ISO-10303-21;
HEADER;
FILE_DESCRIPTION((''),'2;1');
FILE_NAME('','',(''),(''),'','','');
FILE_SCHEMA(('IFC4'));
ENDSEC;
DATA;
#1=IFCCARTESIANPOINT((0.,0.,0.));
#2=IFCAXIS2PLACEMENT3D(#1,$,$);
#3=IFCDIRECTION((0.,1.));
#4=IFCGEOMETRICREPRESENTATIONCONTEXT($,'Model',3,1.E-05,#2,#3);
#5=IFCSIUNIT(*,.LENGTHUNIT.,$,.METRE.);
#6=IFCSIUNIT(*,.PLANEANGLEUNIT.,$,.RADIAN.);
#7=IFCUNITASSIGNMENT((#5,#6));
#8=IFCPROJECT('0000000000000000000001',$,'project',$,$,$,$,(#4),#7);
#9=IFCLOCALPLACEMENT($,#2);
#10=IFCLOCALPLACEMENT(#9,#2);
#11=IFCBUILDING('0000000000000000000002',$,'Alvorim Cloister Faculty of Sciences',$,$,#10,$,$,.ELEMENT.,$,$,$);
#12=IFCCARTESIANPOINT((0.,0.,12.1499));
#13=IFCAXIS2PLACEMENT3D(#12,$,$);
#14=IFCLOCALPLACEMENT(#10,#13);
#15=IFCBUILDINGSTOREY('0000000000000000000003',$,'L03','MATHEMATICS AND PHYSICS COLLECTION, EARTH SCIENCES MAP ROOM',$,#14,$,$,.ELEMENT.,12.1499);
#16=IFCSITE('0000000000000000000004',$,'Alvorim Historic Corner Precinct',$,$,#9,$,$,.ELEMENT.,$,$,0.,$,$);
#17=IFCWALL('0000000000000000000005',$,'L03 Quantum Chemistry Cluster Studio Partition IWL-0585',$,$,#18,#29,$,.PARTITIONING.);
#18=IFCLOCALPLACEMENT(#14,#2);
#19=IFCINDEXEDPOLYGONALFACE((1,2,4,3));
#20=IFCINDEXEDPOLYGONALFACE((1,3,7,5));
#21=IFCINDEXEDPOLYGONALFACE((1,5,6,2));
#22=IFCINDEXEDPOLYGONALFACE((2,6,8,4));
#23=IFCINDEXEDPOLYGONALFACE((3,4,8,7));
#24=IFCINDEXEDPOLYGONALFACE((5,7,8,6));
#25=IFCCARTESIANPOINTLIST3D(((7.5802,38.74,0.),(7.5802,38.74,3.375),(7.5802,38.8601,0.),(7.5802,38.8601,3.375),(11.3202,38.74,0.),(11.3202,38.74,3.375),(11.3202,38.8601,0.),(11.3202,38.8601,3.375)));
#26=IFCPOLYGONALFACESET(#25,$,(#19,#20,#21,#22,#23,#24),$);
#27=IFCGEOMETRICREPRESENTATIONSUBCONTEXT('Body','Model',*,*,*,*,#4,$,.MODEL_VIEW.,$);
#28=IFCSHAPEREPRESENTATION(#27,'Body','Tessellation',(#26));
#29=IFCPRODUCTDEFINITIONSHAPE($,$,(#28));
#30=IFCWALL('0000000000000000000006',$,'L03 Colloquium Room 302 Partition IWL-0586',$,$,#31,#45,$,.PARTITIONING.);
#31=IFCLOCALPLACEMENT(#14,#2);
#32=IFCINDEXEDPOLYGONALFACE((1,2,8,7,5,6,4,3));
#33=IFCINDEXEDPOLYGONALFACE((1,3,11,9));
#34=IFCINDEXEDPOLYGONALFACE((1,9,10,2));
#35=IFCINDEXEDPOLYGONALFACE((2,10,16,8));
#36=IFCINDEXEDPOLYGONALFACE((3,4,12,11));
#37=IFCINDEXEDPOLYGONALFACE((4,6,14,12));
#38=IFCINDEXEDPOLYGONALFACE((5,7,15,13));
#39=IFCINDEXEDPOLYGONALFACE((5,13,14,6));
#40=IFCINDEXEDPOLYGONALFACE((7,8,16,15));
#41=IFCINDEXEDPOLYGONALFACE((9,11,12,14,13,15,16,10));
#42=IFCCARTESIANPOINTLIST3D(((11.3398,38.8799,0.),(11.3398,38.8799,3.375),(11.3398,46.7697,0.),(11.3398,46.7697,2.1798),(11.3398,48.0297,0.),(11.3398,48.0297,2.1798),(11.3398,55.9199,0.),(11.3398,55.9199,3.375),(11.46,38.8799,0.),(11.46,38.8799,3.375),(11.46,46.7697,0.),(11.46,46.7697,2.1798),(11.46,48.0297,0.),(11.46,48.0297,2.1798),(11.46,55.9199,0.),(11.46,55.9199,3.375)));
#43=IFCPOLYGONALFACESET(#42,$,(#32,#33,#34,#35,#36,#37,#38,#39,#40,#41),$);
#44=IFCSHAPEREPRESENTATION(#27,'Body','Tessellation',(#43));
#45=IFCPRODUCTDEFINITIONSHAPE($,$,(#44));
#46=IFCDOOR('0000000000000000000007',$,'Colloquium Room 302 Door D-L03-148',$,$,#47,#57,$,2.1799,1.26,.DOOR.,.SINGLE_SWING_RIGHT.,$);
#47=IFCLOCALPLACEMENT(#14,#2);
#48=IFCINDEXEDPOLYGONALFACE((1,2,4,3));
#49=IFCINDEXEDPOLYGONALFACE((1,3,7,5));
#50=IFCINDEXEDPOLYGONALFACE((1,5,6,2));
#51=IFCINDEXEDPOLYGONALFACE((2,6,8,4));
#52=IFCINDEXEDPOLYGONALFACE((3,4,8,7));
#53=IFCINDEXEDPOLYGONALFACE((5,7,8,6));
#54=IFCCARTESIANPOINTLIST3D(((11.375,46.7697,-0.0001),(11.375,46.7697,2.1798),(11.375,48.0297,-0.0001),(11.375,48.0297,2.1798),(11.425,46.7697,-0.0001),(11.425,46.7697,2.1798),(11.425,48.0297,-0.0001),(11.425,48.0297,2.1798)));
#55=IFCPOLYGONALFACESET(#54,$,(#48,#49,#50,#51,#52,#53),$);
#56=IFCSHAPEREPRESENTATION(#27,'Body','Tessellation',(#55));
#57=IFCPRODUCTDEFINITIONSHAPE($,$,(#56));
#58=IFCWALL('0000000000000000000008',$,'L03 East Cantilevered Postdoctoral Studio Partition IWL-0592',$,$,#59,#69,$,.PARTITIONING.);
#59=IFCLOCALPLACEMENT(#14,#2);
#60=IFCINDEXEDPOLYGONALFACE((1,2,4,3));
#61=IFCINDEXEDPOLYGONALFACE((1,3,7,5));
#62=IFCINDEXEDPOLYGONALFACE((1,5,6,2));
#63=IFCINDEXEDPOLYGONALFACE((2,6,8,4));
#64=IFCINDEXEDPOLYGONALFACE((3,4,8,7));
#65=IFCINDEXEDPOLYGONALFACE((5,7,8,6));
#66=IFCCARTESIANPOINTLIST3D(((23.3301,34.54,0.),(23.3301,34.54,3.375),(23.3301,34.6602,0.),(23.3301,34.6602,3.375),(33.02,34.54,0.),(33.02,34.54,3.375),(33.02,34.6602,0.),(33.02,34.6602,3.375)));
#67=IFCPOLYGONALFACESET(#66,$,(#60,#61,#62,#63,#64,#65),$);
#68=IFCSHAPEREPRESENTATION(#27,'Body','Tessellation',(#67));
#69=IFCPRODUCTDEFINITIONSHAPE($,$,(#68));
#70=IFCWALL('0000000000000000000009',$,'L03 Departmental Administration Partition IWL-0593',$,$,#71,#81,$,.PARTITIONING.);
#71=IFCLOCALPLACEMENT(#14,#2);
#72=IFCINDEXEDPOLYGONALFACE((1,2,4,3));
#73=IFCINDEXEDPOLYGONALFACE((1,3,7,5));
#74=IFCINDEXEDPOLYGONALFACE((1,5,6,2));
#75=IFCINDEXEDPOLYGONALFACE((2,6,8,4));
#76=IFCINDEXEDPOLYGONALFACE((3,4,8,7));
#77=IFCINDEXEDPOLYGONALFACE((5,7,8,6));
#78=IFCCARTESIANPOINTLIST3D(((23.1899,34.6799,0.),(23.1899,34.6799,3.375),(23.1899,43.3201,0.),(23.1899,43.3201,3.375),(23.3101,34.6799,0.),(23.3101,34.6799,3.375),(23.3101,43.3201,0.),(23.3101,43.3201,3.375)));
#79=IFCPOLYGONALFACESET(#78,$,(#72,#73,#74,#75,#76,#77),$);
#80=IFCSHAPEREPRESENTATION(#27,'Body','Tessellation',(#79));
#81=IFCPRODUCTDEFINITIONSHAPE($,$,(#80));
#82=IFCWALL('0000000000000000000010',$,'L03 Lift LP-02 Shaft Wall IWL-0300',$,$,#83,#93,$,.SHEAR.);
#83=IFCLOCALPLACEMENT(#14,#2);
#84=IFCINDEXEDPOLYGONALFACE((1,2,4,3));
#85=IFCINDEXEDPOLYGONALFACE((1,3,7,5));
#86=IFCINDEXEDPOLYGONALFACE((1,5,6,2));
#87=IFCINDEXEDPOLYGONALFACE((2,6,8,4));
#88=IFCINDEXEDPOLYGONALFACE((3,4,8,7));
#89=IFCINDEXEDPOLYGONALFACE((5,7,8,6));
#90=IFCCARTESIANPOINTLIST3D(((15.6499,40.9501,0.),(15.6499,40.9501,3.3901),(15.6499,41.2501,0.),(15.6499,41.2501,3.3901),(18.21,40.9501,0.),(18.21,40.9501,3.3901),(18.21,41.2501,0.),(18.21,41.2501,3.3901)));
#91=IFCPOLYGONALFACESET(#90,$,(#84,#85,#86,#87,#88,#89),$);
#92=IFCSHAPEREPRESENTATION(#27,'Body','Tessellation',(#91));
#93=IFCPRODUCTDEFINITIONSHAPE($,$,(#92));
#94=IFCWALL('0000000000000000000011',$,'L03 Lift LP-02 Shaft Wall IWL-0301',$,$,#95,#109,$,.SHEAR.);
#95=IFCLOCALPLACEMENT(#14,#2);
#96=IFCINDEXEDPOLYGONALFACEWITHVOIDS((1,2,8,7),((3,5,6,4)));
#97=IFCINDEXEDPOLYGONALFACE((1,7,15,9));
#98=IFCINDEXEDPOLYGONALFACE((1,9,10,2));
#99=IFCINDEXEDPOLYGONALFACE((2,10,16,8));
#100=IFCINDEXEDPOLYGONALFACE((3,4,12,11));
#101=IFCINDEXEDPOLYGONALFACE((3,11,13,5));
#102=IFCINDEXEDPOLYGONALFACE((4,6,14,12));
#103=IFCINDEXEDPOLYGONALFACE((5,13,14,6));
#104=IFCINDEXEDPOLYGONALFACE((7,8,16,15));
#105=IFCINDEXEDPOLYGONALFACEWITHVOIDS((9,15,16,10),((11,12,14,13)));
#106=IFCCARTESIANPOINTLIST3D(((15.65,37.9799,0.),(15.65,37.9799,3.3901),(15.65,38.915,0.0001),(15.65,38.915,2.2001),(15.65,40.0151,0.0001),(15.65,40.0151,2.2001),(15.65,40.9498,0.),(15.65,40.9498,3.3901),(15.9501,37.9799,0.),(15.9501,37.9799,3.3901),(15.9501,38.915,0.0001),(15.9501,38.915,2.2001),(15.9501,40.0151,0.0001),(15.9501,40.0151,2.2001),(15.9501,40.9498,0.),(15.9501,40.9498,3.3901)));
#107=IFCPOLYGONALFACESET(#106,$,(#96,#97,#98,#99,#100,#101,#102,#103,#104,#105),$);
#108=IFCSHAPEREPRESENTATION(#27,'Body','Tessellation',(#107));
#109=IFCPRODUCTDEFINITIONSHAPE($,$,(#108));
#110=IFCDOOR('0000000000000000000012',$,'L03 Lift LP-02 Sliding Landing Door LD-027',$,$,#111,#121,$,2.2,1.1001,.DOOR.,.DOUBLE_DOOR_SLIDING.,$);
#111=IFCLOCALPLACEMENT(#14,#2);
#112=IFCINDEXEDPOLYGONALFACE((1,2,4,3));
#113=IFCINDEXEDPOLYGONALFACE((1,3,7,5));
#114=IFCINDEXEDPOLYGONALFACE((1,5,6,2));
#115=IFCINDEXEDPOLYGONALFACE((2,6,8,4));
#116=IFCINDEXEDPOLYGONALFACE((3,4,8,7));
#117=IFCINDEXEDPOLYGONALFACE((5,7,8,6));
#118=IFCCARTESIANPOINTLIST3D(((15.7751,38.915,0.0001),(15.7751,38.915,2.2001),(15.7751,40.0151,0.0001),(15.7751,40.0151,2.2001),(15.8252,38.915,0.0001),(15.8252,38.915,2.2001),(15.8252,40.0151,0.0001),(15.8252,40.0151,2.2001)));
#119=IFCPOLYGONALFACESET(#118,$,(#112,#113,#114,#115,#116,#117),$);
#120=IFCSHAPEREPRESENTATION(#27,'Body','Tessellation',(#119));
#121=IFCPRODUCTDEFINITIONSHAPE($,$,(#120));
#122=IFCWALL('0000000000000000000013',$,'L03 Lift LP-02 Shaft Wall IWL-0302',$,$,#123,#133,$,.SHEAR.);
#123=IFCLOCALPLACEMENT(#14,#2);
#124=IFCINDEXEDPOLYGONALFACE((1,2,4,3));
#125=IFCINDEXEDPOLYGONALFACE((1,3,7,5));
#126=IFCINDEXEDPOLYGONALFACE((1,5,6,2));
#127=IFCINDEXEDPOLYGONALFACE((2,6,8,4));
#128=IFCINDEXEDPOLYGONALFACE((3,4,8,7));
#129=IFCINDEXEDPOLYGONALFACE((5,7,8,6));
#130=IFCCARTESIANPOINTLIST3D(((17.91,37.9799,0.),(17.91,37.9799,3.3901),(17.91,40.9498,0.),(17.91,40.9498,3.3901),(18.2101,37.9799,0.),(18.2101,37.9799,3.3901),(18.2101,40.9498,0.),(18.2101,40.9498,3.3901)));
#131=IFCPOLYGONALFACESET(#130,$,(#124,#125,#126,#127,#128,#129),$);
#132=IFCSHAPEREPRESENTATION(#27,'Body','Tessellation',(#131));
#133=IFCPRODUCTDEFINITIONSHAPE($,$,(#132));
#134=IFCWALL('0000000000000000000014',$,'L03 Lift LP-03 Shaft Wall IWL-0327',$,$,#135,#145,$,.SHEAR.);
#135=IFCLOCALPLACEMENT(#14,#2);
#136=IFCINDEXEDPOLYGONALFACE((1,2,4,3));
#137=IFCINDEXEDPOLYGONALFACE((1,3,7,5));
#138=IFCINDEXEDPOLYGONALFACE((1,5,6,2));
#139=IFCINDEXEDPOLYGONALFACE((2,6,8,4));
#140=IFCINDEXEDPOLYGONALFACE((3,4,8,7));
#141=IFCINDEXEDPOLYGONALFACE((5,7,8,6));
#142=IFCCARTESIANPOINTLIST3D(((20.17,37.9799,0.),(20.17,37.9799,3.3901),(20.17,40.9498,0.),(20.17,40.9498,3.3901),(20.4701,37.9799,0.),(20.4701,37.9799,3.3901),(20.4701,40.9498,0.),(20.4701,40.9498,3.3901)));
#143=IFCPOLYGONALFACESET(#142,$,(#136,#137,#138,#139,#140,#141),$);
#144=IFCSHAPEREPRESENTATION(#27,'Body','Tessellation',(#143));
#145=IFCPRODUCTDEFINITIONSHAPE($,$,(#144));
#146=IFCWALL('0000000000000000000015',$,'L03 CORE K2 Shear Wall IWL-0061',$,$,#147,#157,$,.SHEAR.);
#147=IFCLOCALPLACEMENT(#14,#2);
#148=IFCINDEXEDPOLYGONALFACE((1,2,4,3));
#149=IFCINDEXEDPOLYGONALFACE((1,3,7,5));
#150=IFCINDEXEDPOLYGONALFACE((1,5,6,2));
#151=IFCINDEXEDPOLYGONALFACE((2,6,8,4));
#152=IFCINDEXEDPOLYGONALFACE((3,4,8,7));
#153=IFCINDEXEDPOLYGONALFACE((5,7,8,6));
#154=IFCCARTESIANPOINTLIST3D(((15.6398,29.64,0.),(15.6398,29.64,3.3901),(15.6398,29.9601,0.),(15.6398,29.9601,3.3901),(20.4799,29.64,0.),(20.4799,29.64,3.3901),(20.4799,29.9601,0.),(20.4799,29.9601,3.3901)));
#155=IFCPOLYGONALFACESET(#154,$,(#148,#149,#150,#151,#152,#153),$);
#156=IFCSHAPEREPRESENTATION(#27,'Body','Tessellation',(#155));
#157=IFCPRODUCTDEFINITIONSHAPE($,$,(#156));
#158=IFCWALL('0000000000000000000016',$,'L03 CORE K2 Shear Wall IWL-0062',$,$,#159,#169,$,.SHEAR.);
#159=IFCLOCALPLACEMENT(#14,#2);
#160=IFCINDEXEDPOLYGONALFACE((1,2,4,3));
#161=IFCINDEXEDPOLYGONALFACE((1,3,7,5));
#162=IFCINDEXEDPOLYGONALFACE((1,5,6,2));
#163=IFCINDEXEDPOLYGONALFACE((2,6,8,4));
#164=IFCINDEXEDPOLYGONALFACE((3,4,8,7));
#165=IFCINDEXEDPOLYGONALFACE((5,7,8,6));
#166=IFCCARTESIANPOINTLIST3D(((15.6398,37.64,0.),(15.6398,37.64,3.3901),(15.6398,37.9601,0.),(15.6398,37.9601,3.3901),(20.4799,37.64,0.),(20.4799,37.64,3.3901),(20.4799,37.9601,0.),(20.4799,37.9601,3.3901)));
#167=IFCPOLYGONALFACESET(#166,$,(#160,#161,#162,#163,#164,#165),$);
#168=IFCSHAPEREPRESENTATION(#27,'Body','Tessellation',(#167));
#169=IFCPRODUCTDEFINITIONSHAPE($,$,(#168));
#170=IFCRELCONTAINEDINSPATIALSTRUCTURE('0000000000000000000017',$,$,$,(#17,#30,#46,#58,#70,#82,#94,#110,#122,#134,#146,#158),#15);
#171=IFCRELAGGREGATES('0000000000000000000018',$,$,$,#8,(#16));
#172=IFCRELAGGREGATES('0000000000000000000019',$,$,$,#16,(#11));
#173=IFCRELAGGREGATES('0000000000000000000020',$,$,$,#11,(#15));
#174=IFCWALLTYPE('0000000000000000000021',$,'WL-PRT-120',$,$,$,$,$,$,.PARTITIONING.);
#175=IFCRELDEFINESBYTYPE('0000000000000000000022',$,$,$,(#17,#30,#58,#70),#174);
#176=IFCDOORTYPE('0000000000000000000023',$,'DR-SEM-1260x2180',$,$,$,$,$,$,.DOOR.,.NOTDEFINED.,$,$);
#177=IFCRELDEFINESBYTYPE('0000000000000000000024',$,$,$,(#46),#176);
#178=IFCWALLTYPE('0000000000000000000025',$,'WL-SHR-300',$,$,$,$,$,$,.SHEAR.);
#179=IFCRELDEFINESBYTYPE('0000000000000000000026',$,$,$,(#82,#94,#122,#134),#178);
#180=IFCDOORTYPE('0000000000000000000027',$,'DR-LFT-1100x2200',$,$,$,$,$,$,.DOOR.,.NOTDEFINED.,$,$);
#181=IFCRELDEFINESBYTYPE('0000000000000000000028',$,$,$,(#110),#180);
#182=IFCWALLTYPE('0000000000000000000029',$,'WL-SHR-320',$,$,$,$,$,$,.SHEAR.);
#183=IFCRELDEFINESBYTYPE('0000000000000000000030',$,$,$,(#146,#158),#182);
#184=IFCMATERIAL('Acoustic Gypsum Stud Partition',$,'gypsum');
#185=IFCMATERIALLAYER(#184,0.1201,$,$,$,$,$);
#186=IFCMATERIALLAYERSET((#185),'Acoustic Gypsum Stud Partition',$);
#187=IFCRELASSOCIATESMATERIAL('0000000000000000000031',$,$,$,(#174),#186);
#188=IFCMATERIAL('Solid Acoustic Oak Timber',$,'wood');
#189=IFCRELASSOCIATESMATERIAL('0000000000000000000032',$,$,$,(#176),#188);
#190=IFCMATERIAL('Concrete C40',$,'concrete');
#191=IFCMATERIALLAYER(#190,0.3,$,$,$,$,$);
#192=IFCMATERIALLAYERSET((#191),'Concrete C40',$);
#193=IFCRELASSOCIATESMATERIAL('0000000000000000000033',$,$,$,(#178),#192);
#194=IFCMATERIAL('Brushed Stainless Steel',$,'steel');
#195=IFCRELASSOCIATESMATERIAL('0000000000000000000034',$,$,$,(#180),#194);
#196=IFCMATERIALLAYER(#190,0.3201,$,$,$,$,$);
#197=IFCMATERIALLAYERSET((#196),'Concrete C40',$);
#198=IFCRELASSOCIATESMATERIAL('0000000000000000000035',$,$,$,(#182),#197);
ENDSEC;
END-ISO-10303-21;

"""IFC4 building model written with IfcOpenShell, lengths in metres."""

from ifc_helpers import new_model, si_unit, direction, frame, frame_2d, origin, place, context, subcontext, project, spatial, rectangle, extrude, material, layer, layer_set, type_object, element, fill, save


model = new_model("IFC4")

# Units and contexts
model_context = context("Model", 3, precision=1e-05, world=origin(), true_north=direction((0.0, 1.0)))
body_context = subcontext(model_context, "Body", "Model", "MODEL_VIEW")
ifc_project = project(units=[si_unit("LENGTHUNIT", "METRE"), si_unit("PLANEANGLEUNIT", "RADIAN")], contexts=[model_context])

# Site, building, storey
site_placement = place(None, origin())
site = spatial("IfcSite", under=ifc_project, at=site_placement, Name="Alvorim Historic Corner Precinct", CompositionType="ELEMENT", RefElevation=0.0)
building_placement = place(site_placement, origin())
building = spatial("IfcBuilding", under=site, at=building_placement, Name="Alvorim Cloister Faculty of Sciences", CompositionType="ELEMENT")
storey_placement = place(building_placement, frame((0.0, 0.0, 12.1499)))
storey = spatial("IfcBuildingStorey", under=building, at=storey_placement, Name="L03", Description="MATHEMATICS AND PHYSICS COLLECTION, EARTH SCIENCES MAP ROOM", CompositionType="ELEMENT", Elevation=12.1499)

# Wall
ifc_material_1 = material(Name="Acoustic Gypsum Stud Partition", Category="gypsum")
ifc_layer_1 = layer(ifc_material_1, 0.1201)
ifc_layer_set_1 = layer_set([ifc_layer_1], Name="Acoustic Gypsum Stud Partition")
wall_type_1 = type_object("IfcWallType", Name="WL-PRT-120", PredefinedType="PARTITIONING", material=ifc_layer_set_1)
wall_1_placement = place(storey_placement, frame((7.5801, 38.8, 0.0), z_axis=(0.0, 0.0, 1.0), x_axis=(1.0, 0.0, 0.0)))
element("IfcWall", 1, at=wall_1_placement, inside=storey, type_object=wall_type_1, Name="L03 Quantum Chemistry Cluster Studio Partition IWL-0585", PredefinedType="PARTITIONING", context=body_context, shape_type="SweptSolid", body=[
    extrude(rectangle(XDim=3.74, YDim=0.1201, at=frame_2d((1.8701, 0.0))), origin(), (0.0, 0.0, 1.0), 3.375),
])

# Wall, opening, door
wall_2_placement = place(storey_placement, frame((11.3999, 38.8799, 0.0), z_axis=(0.0, 0.0, 1.0), x_axis=(0.0, 1.0, 0.0)))
wall_2 = element("IfcWall", 2, at=wall_2_placement, inside=storey, type_object=wall_type_1, Name="L03 Colloquium Room 302 Partition IWL-0586", PredefinedType="PARTITIONING", context=body_context, shape_type="SweptSolid", body=[
    extrude(rectangle(XDim=17.04, YDim=0.1201, at=frame_2d((8.52, 0.0))), origin(), (0.0, 0.0, 1.0), 3.375),
])
opening_1_placement = place(wall_2_placement, frame((7.8899, 0.0, 0.0)))
opening_1 = element("IfcOpeningElement", 3, at=opening_1_placement, cuts=wall_2, PredefinedType="OPENING", context=body_context, shape_type="SweptSolid", body=[
    extrude(rectangle(XDim=1.26, YDim=2.1799, at=frame_2d((0.6299, 1.0898))), frame((0.0, 0.072, 0.0), z_axis=(0.0, -1.0, 0.0), x_axis=(1.0, 0.0, 0.0)), (0.0, 0.0, 1.0), 0.144),
])
ifc_material_2 = material(Name="Solid Acoustic Oak Timber", Category="wood")
door_type_1 = type_object("IfcDoorType", Name="DR-SEM-1260x2180", OperationType="NOTDEFINED", PredefinedType="DOOR", material=ifc_material_2)
door_1_placement = place(opening_1_placement, origin())
door_1 = element("IfcDoor", 4, at=door_1_placement, inside=storey, type_object=door_type_1, Name="Colloquium Room 302 Door D-L03-148", OperationType="SINGLE_SWING_RIGHT", OverallHeight=2.1799, OverallWidth=1.26, PredefinedType="DOOR", context=body_context, shape_type="SweptSolid", body=[
    extrude(rectangle(XDim=1.26, YDim=2.1799, at=frame_2d((0.6299, 1.0898))), frame((0.0, 0.0249, 0.0), z_axis=(0.0, -1.0, 0.0), x_axis=(1.0, 0.0, 0.0)), (0.0, 0.0, 1.0), 0.05),
])
fill(opening_1, door_1)

# Walls
wall_3_placement = place(storey_placement, frame((23.3301, 34.6001, 0.0), z_axis=(0.0, 0.0, 1.0), x_axis=(1.0, 0.0, 0.0)))
element("IfcWall", 5, at=wall_3_placement, inside=storey, type_object=wall_type_1, Name="L03 East Cantilevered Postdoctoral Studio Partition IWL-0592", PredefinedType="PARTITIONING", context=body_context, shape_type="SweptSolid", body=[
    extrude(rectangle(XDim=9.6899, YDim=0.1201, at=frame_2d((4.845, 0.0))), origin(), (0.0, 0.0, 1.0), 3.375),
])
wall_4_placement = place(storey_placement, frame((23.25, 34.6799, 0.0), z_axis=(0.0, 0.0, 1.0), x_axis=(0.0, 1.0, 0.0)))
element("IfcWall", 6, at=wall_4_placement, inside=storey, type_object=wall_type_1, Name="L03 Departmental Administration Partition IWL-0593", PredefinedType="PARTITIONING", context=body_context, shape_type="SweptSolid", body=[
    extrude(rectangle(XDim=8.6401, YDim=0.1201, at=frame_2d((4.3201, 0.0))), origin(), (0.0, 0.0, 1.0), 3.375),
])
ifc_material_3 = material(Name="Concrete C40", Category="concrete")
ifc_layer_2 = layer(ifc_material_3, 0.3)
ifc_layer_set_2 = layer_set([ifc_layer_2], Name="Concrete C40")
wall_type_2 = type_object("IfcWallType", Name="WL-SHR-300", PredefinedType="SHEAR", material=ifc_layer_set_2)
wall_5_placement = place(storey_placement, frame((15.6499, 41.1001, 0.0), z_axis=(0.0, 0.0, 1.0), x_axis=(1.0, 0.0, 0.0)))
element("IfcWall", 7, at=wall_5_placement, inside=storey, type_object=wall_type_2, Name="L03 Lift LP-02 Shaft Wall IWL-0300", PredefinedType="SHEAR", context=body_context, shape_type="SweptSolid", body=[
    extrude(rectangle(XDim=2.5601, YDim=0.3, at=frame_2d((1.28, 0.0))), origin(), (0.0, 0.0, 1.0), 3.3901),
])

# Wall, opening, door
wall_6_placement = place(storey_placement, frame((15.8, 37.98, 0.0), z_axis=(0.0, 0.0, 1.0), x_axis=(0.0, 1.0, 0.0)))
wall_6 = element("IfcWall", 8, at=wall_6_placement, inside=storey, type_object=wall_type_2, Name="L03 Lift LP-02 Shaft Wall IWL-0301", PredefinedType="SHEAR", context=body_context, shape_type="SweptSolid", body=[
    extrude(rectangle(XDim=2.97, YDim=0.3, at=frame_2d((1.4849, 0.0))), origin(), (0.0, 0.0, 1.0), 3.3901),
])
opening_2_placement = place(wall_6_placement, frame((0.9351, 0.0, 0.0)))
opening_2 = element("IfcOpeningElement", 9, at=opening_2_placement, cuts=wall_6, PredefinedType="OPENING", context=body_context, shape_type="SweptSolid", body=[
    extrude(rectangle(XDim=1.1001, YDim=2.2, at=frame_2d((0.55, 1.1001))), frame((0.0, 0.1621, 0.0), z_axis=(0.0, -1.0, 0.0), x_axis=(1.0, 0.0, 0.0)), (0.0, 0.0, 1.0), 0.324),
])
ifc_material_4 = material(Name="Brushed Stainless Steel", Category="steel")
door_type_2 = type_object("IfcDoorType", Name="DR-LFT-1100x2200", OperationType="NOTDEFINED", PredefinedType="DOOR", material=ifc_material_4)
door_2_placement = place(opening_2_placement, origin())
door_2 = element("IfcDoor", 10, at=door_2_placement, inside=storey, type_object=door_type_2, Name="L03 Lift LP-02 Sliding Landing Door LD-027", OperationType="DOUBLE_DOOR_SLIDING", OverallHeight=2.2, OverallWidth=1.1001, PredefinedType="DOOR", context=body_context, shape_type="SweptSolid", body=[
    extrude(rectangle(XDim=1.1001, YDim=2.2, at=frame_2d((0.55, 1.1001))), frame((0.0, 0.0249, 0.0), z_axis=(0.0, -1.0, 0.0), x_axis=(1.0, 0.0, 0.0)), (0.0, 0.0, 1.0), 0.05),
])
fill(opening_2, door_2)

# Walls
for number, where, z_axis, x_axis, name in (
    (11, (18.0601, 37.98, 0.0), (0.0, 0.0, 1.0), (0.0, 1.0, 0.0), "L03 Lift LP-02 Shaft Wall IWL-0302"),
    (12, (20.3201, 37.98, 0.0), (0.0, 0.0, 1.0), (0.0, 1.0, 0.0), "L03 Lift LP-03 Shaft Wall IWL-0327"),
):
    element("IfcWall", number, at=place(storey_placement, frame(where, z_axis=z_axis, x_axis=x_axis)), inside=storey, type_object=wall_type_2, Name=name, PredefinedType="SHEAR", context=body_context, shape_type="SweptSolid", body=[
        extrude(rectangle(XDim=2.97, YDim=0.3, at=frame_2d((1.4849, 0.0))), origin(), (0.0, 0.0, 1.0), 3.3901),
    ])
ifc_layer_3 = layer(ifc_material_3, 0.3201)
ifc_layer_set_3 = layer_set([ifc_layer_3], Name="Concrete C40")
wall_type_3 = type_object("IfcWallType", Name="WL-SHR-320", PredefinedType="SHEAR", material=ifc_layer_set_3)
for number, where, z_axis, x_axis, name in (
    (13, (15.6399, 29.8, 0.0), (0.0, 0.0, 1.0), (1.0, 0.0, 0.0), "L03 CORE K2 Shear Wall IWL-0061"),
    (14, (15.6399, 37.8, 0.0), (0.0, 0.0, 1.0), (1.0, 0.0, 0.0), "L03 CORE K2 Shear Wall IWL-0062"),
):
    element("IfcWall", number, at=place(storey_placement, frame(where, z_axis=z_axis, x_axis=x_axis)), inside=storey, type_object=wall_type_3, Name=name, PredefinedType="SHEAR", context=body_context, shape_type="SweptSolid", body=[
        extrude(rectangle(XDim=4.8401, YDim=0.3201, at=frame_2d((2.4199, 0.0))), origin(), (0.0, 0.0, 1.0), 3.3901),
    ])

save(model, "model.ifc")
